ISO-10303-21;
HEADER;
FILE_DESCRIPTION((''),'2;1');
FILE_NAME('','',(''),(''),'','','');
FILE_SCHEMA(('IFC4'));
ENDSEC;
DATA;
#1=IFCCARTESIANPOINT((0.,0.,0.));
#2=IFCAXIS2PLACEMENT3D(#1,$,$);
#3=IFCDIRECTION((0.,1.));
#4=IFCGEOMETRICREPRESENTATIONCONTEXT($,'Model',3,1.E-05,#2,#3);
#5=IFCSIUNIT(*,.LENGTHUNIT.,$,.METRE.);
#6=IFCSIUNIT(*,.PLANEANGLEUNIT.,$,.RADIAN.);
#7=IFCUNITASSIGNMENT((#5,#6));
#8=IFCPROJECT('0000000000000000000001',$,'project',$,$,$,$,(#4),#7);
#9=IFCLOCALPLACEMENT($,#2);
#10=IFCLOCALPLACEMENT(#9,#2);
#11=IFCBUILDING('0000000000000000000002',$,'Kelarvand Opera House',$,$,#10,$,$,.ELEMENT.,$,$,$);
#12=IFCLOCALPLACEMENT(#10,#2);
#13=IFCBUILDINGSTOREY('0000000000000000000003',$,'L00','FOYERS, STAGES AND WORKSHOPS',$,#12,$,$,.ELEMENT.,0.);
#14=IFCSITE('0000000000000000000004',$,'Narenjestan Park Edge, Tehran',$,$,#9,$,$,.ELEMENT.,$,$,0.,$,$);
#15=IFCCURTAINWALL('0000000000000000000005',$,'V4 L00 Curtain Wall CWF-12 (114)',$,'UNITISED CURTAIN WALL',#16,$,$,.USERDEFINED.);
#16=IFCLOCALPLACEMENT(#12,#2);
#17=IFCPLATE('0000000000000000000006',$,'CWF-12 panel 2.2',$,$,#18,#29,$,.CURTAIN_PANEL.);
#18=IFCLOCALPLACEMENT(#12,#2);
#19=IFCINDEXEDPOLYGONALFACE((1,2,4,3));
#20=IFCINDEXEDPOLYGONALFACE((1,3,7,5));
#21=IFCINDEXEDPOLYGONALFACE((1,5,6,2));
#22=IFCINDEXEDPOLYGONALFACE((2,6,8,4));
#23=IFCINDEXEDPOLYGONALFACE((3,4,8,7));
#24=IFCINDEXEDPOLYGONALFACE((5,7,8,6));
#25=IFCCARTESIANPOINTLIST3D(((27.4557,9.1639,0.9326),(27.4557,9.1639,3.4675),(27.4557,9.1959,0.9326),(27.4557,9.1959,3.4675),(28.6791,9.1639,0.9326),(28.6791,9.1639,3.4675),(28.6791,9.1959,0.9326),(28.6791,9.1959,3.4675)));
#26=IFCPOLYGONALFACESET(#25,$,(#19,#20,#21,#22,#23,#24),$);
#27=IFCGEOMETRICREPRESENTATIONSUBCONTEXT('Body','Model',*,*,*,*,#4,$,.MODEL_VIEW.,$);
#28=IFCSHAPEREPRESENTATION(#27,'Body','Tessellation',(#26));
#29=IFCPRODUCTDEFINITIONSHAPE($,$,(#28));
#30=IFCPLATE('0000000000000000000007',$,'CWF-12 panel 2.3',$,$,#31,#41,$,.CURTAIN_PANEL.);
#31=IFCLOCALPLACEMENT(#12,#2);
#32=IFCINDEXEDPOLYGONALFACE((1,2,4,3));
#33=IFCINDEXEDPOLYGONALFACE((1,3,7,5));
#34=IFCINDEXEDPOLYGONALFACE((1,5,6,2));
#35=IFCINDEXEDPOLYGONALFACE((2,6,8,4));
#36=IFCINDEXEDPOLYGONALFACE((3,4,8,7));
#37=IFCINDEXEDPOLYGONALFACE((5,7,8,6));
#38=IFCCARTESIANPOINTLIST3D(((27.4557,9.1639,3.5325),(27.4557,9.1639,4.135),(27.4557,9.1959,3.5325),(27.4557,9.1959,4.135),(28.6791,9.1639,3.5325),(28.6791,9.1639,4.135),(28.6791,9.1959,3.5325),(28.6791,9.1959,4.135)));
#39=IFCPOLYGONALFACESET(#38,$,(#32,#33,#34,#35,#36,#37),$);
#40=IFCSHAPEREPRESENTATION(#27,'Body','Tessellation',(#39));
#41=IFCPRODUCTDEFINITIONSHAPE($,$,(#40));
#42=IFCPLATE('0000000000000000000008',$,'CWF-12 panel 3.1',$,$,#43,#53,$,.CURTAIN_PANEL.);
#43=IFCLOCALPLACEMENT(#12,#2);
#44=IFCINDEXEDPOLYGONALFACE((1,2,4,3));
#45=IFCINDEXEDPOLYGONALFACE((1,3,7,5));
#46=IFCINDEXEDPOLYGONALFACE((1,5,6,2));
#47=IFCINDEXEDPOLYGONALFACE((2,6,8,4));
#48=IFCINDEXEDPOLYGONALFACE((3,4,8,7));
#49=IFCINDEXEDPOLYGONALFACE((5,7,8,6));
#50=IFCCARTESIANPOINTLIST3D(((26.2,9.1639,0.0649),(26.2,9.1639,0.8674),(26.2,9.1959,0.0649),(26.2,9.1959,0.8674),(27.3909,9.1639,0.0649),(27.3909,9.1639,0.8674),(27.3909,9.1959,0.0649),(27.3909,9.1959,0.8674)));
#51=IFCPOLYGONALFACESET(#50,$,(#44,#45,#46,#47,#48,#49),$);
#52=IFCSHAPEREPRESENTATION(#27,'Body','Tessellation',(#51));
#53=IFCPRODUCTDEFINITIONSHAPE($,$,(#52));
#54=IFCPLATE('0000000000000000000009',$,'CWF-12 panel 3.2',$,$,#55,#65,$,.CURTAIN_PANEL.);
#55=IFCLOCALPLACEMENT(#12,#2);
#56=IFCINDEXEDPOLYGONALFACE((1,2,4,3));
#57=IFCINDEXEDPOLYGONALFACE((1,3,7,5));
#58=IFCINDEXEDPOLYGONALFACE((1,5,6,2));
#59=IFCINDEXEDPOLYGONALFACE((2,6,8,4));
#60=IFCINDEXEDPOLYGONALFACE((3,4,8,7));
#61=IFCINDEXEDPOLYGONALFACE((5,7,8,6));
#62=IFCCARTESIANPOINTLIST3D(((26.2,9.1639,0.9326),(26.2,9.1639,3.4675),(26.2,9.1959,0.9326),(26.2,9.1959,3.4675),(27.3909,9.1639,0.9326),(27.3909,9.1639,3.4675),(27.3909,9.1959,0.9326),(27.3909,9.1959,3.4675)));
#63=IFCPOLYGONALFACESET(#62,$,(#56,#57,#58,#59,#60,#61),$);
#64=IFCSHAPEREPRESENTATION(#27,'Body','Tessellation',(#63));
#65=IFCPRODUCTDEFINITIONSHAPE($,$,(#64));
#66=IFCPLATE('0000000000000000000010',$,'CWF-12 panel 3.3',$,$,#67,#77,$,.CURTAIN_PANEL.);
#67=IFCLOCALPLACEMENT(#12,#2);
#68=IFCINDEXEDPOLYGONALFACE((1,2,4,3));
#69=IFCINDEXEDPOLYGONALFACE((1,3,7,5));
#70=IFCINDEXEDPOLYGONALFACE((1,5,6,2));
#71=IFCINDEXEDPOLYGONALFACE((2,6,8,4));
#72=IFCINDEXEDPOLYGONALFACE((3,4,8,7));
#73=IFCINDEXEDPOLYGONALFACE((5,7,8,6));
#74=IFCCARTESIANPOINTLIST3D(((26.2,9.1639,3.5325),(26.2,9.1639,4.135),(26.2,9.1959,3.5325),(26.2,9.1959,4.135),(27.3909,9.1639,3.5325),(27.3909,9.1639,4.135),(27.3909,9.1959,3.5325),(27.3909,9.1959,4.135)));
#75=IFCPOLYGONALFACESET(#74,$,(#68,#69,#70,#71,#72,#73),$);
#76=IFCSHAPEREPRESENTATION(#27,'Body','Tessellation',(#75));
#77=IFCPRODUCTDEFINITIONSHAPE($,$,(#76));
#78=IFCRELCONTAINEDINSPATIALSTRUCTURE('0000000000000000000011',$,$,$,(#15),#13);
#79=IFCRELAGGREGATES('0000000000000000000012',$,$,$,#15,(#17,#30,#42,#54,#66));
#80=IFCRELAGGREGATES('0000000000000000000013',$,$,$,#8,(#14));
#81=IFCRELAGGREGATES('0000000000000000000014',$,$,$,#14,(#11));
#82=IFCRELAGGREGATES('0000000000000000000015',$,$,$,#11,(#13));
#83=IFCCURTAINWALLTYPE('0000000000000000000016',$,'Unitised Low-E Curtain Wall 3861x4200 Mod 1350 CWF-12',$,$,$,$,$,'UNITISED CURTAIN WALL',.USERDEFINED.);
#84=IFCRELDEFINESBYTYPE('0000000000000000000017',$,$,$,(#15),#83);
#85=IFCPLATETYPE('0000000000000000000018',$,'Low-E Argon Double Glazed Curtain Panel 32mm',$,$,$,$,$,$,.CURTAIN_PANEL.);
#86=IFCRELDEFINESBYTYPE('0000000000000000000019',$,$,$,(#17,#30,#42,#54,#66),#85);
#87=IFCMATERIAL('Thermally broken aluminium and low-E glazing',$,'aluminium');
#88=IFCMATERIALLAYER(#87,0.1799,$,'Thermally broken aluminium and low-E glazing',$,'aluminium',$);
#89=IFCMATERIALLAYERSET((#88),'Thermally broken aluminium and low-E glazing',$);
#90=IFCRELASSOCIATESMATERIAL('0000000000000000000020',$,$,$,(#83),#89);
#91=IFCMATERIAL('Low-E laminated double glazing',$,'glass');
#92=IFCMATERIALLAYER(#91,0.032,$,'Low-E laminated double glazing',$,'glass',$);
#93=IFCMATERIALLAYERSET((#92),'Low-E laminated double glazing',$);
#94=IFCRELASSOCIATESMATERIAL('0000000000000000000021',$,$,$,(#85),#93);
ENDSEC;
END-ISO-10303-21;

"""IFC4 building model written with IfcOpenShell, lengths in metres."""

from ifc_helpers import new_model, si_unit, direction, frame, origin, origin_2d, place, context, subcontext, project, spatial, rectangle, extrude, material, layer, layer_set, type_object, element, aggregate, save


model = new_model("IFC4")

# Units and contexts
model_context = context("Model", 3, precision=1e-05, world=origin(), true_north=direction((0.0, 1.0)))
body_context = subcontext(model_context, "Body", "Model", "MODEL_VIEW")
ifc_project = project(units=[si_unit("LENGTHUNIT", "METRE"), si_unit("PLANEANGLEUNIT", "RADIAN")], contexts=[model_context])

# Site, building, storey
site_placement = place(None, origin())
site = spatial("IfcSite", under=ifc_project, at=site_placement, Name="Narenjestan Park Edge, Tehran", CompositionType="ELEMENT", RefElevation=0.0)
building_placement = place(site_placement, origin())
building = spatial("IfcBuilding", under=site, at=building_placement, Name="Kelarvand Opera House", CompositionType="ELEMENT")
storey_placement = place(building_placement, origin())
storey = spatial("IfcBuildingStorey", under=building, at=storey_placement, Name="L00", Description="FOYERS, STAGES AND WORKSHOPS", CompositionType="ELEMENT", Elevation=0.0)

# Curtain wall
ifc_material_1 = material(Name="Thermally broken aluminium and low-E glazing", Category="aluminium")
ifc_layer_1 = layer(ifc_material_1, 0.1799, Name="Thermally broken aluminium and low-E glazing", Category="aluminium")
ifc_layer_set_1 = layer_set([ifc_layer_1], Name="Thermally broken aluminium and low-E glazing")
curtain_wall_type = type_object("IfcCurtainWallType", Name="Unitised Low-E Curtain Wall 3861x4200 Mod 1350 CWF-12", ElementType="UNITISED CURTAIN WALL", PredefinedType="USERDEFINED", material=ifc_layer_set_1)
curtain_wall_placement = place(storey_placement, origin())
curtain_wall = element("IfcCurtainWall", 1, at=curtain_wall_placement, inside=storey, type_object=curtain_wall_type, Name="V4 L00 Curtain Wall CWF-12 (114)", ObjectType="UNITISED CURTAIN WALL", PredefinedType="USERDEFINED")

# Plates
ifc_material_2 = material(Name="Low-E laminated double glazing", Category="glass")
ifc_layer_2 = layer(ifc_material_2, 0.032, Name="Low-E laminated double glazing", Category="glass")
ifc_layer_set_2 = layer_set([ifc_layer_2], Name="Low-E laminated double glazing")
plate_type = type_object("IfcPlateType", Name="Low-E Argon Double Glazed Curtain Panel 32mm", PredefinedType="CURTAIN_PANEL", material=ifc_layer_set_2)
plate_1_placement = place(storey_placement, frame((28.0674, 9.1799, 0.9326), z_axis=(0.0, 0.0, 1.0), x_axis=(-1.0, 0.0, 0.0)))
plate_1 = element("IfcPlate", 2, at=plate_1_placement, type_object=plate_type, Name="CWF-12 panel 2.2", PredefinedType="CURTAIN_PANEL", context=body_context, shape_type="SweptSolid", body=[
    extrude(rectangle(XDim=1.2234, YDim=0.032, at=origin_2d()), origin(), (0.0, 0.0, 1.0), 2.5349),
])
plate_2_placement = place(storey_placement, frame((28.0674, 9.1799, 3.5325), z_axis=(0.0, 0.0, 1.0), x_axis=(-1.0, 0.0, 0.0)))
plate_2 = element("IfcPlate", 3, at=plate_2_placement, type_object=plate_type, Name="CWF-12 panel 2.3", PredefinedType="CURTAIN_PANEL", context=body_context, shape_type="SweptSolid", body=[
    extrude(rectangle(XDim=1.2234, YDim=0.032, at=origin_2d()), origin(), (0.0, 0.0, 1.0), 0.6025),
])
plate_3_placement = place(storey_placement, frame((26.7954, 9.1799, 0.0649), z_axis=(0.0, 0.0, 1.0), x_axis=(-1.0, 0.0, 0.0)))
plate_3 = element("IfcPlate", 4, at=plate_3_placement, type_object=plate_type, Name="CWF-12 panel 3.1", PredefinedType="CURTAIN_PANEL", context=body_context, shape_type="SweptSolid", body=[
    extrude(rectangle(XDim=1.1909, YDim=0.032, at=origin_2d()), origin(), (0.0, 0.0, 1.0), 0.8025),
])
plate_4_placement = place(storey_placement, frame((26.7954, 9.1799, 0.9326), z_axis=(0.0, 0.0, 1.0), x_axis=(-1.0, 0.0, 0.0)))
plate_4 = element("IfcPlate", 5, at=plate_4_placement, type_object=plate_type, Name="CWF-12 panel 3.2", PredefinedType="CURTAIN_PANEL", context=body_context, shape_type="SweptSolid", body=[
    extrude(rectangle(XDim=1.1909, YDim=0.032, at=origin_2d()), origin(), (0.0, 0.0, 1.0), 2.5349),
])
plate_5_placement = place(storey_placement, frame((26.7954, 9.1799, 3.5325), z_axis=(0.0, 0.0, 1.0), x_axis=(-1.0, 0.0, 0.0)))
plate_5 = element("IfcPlate", 6, at=plate_5_placement, type_object=plate_type, Name="CWF-12 panel 3.3", PredefinedType="CURTAIN_PANEL", context=body_context, shape_type="SweptSolid", body=[
    extrude(rectangle(XDim=1.1909, YDim=0.032, at=origin_2d()), origin(), (0.0, 0.0, 1.0), 0.6025),
])
aggregate(curtain_wall, [plate_1, plate_2, plate_3, plate_4, plate_5])

save(model, "model.ifc")
